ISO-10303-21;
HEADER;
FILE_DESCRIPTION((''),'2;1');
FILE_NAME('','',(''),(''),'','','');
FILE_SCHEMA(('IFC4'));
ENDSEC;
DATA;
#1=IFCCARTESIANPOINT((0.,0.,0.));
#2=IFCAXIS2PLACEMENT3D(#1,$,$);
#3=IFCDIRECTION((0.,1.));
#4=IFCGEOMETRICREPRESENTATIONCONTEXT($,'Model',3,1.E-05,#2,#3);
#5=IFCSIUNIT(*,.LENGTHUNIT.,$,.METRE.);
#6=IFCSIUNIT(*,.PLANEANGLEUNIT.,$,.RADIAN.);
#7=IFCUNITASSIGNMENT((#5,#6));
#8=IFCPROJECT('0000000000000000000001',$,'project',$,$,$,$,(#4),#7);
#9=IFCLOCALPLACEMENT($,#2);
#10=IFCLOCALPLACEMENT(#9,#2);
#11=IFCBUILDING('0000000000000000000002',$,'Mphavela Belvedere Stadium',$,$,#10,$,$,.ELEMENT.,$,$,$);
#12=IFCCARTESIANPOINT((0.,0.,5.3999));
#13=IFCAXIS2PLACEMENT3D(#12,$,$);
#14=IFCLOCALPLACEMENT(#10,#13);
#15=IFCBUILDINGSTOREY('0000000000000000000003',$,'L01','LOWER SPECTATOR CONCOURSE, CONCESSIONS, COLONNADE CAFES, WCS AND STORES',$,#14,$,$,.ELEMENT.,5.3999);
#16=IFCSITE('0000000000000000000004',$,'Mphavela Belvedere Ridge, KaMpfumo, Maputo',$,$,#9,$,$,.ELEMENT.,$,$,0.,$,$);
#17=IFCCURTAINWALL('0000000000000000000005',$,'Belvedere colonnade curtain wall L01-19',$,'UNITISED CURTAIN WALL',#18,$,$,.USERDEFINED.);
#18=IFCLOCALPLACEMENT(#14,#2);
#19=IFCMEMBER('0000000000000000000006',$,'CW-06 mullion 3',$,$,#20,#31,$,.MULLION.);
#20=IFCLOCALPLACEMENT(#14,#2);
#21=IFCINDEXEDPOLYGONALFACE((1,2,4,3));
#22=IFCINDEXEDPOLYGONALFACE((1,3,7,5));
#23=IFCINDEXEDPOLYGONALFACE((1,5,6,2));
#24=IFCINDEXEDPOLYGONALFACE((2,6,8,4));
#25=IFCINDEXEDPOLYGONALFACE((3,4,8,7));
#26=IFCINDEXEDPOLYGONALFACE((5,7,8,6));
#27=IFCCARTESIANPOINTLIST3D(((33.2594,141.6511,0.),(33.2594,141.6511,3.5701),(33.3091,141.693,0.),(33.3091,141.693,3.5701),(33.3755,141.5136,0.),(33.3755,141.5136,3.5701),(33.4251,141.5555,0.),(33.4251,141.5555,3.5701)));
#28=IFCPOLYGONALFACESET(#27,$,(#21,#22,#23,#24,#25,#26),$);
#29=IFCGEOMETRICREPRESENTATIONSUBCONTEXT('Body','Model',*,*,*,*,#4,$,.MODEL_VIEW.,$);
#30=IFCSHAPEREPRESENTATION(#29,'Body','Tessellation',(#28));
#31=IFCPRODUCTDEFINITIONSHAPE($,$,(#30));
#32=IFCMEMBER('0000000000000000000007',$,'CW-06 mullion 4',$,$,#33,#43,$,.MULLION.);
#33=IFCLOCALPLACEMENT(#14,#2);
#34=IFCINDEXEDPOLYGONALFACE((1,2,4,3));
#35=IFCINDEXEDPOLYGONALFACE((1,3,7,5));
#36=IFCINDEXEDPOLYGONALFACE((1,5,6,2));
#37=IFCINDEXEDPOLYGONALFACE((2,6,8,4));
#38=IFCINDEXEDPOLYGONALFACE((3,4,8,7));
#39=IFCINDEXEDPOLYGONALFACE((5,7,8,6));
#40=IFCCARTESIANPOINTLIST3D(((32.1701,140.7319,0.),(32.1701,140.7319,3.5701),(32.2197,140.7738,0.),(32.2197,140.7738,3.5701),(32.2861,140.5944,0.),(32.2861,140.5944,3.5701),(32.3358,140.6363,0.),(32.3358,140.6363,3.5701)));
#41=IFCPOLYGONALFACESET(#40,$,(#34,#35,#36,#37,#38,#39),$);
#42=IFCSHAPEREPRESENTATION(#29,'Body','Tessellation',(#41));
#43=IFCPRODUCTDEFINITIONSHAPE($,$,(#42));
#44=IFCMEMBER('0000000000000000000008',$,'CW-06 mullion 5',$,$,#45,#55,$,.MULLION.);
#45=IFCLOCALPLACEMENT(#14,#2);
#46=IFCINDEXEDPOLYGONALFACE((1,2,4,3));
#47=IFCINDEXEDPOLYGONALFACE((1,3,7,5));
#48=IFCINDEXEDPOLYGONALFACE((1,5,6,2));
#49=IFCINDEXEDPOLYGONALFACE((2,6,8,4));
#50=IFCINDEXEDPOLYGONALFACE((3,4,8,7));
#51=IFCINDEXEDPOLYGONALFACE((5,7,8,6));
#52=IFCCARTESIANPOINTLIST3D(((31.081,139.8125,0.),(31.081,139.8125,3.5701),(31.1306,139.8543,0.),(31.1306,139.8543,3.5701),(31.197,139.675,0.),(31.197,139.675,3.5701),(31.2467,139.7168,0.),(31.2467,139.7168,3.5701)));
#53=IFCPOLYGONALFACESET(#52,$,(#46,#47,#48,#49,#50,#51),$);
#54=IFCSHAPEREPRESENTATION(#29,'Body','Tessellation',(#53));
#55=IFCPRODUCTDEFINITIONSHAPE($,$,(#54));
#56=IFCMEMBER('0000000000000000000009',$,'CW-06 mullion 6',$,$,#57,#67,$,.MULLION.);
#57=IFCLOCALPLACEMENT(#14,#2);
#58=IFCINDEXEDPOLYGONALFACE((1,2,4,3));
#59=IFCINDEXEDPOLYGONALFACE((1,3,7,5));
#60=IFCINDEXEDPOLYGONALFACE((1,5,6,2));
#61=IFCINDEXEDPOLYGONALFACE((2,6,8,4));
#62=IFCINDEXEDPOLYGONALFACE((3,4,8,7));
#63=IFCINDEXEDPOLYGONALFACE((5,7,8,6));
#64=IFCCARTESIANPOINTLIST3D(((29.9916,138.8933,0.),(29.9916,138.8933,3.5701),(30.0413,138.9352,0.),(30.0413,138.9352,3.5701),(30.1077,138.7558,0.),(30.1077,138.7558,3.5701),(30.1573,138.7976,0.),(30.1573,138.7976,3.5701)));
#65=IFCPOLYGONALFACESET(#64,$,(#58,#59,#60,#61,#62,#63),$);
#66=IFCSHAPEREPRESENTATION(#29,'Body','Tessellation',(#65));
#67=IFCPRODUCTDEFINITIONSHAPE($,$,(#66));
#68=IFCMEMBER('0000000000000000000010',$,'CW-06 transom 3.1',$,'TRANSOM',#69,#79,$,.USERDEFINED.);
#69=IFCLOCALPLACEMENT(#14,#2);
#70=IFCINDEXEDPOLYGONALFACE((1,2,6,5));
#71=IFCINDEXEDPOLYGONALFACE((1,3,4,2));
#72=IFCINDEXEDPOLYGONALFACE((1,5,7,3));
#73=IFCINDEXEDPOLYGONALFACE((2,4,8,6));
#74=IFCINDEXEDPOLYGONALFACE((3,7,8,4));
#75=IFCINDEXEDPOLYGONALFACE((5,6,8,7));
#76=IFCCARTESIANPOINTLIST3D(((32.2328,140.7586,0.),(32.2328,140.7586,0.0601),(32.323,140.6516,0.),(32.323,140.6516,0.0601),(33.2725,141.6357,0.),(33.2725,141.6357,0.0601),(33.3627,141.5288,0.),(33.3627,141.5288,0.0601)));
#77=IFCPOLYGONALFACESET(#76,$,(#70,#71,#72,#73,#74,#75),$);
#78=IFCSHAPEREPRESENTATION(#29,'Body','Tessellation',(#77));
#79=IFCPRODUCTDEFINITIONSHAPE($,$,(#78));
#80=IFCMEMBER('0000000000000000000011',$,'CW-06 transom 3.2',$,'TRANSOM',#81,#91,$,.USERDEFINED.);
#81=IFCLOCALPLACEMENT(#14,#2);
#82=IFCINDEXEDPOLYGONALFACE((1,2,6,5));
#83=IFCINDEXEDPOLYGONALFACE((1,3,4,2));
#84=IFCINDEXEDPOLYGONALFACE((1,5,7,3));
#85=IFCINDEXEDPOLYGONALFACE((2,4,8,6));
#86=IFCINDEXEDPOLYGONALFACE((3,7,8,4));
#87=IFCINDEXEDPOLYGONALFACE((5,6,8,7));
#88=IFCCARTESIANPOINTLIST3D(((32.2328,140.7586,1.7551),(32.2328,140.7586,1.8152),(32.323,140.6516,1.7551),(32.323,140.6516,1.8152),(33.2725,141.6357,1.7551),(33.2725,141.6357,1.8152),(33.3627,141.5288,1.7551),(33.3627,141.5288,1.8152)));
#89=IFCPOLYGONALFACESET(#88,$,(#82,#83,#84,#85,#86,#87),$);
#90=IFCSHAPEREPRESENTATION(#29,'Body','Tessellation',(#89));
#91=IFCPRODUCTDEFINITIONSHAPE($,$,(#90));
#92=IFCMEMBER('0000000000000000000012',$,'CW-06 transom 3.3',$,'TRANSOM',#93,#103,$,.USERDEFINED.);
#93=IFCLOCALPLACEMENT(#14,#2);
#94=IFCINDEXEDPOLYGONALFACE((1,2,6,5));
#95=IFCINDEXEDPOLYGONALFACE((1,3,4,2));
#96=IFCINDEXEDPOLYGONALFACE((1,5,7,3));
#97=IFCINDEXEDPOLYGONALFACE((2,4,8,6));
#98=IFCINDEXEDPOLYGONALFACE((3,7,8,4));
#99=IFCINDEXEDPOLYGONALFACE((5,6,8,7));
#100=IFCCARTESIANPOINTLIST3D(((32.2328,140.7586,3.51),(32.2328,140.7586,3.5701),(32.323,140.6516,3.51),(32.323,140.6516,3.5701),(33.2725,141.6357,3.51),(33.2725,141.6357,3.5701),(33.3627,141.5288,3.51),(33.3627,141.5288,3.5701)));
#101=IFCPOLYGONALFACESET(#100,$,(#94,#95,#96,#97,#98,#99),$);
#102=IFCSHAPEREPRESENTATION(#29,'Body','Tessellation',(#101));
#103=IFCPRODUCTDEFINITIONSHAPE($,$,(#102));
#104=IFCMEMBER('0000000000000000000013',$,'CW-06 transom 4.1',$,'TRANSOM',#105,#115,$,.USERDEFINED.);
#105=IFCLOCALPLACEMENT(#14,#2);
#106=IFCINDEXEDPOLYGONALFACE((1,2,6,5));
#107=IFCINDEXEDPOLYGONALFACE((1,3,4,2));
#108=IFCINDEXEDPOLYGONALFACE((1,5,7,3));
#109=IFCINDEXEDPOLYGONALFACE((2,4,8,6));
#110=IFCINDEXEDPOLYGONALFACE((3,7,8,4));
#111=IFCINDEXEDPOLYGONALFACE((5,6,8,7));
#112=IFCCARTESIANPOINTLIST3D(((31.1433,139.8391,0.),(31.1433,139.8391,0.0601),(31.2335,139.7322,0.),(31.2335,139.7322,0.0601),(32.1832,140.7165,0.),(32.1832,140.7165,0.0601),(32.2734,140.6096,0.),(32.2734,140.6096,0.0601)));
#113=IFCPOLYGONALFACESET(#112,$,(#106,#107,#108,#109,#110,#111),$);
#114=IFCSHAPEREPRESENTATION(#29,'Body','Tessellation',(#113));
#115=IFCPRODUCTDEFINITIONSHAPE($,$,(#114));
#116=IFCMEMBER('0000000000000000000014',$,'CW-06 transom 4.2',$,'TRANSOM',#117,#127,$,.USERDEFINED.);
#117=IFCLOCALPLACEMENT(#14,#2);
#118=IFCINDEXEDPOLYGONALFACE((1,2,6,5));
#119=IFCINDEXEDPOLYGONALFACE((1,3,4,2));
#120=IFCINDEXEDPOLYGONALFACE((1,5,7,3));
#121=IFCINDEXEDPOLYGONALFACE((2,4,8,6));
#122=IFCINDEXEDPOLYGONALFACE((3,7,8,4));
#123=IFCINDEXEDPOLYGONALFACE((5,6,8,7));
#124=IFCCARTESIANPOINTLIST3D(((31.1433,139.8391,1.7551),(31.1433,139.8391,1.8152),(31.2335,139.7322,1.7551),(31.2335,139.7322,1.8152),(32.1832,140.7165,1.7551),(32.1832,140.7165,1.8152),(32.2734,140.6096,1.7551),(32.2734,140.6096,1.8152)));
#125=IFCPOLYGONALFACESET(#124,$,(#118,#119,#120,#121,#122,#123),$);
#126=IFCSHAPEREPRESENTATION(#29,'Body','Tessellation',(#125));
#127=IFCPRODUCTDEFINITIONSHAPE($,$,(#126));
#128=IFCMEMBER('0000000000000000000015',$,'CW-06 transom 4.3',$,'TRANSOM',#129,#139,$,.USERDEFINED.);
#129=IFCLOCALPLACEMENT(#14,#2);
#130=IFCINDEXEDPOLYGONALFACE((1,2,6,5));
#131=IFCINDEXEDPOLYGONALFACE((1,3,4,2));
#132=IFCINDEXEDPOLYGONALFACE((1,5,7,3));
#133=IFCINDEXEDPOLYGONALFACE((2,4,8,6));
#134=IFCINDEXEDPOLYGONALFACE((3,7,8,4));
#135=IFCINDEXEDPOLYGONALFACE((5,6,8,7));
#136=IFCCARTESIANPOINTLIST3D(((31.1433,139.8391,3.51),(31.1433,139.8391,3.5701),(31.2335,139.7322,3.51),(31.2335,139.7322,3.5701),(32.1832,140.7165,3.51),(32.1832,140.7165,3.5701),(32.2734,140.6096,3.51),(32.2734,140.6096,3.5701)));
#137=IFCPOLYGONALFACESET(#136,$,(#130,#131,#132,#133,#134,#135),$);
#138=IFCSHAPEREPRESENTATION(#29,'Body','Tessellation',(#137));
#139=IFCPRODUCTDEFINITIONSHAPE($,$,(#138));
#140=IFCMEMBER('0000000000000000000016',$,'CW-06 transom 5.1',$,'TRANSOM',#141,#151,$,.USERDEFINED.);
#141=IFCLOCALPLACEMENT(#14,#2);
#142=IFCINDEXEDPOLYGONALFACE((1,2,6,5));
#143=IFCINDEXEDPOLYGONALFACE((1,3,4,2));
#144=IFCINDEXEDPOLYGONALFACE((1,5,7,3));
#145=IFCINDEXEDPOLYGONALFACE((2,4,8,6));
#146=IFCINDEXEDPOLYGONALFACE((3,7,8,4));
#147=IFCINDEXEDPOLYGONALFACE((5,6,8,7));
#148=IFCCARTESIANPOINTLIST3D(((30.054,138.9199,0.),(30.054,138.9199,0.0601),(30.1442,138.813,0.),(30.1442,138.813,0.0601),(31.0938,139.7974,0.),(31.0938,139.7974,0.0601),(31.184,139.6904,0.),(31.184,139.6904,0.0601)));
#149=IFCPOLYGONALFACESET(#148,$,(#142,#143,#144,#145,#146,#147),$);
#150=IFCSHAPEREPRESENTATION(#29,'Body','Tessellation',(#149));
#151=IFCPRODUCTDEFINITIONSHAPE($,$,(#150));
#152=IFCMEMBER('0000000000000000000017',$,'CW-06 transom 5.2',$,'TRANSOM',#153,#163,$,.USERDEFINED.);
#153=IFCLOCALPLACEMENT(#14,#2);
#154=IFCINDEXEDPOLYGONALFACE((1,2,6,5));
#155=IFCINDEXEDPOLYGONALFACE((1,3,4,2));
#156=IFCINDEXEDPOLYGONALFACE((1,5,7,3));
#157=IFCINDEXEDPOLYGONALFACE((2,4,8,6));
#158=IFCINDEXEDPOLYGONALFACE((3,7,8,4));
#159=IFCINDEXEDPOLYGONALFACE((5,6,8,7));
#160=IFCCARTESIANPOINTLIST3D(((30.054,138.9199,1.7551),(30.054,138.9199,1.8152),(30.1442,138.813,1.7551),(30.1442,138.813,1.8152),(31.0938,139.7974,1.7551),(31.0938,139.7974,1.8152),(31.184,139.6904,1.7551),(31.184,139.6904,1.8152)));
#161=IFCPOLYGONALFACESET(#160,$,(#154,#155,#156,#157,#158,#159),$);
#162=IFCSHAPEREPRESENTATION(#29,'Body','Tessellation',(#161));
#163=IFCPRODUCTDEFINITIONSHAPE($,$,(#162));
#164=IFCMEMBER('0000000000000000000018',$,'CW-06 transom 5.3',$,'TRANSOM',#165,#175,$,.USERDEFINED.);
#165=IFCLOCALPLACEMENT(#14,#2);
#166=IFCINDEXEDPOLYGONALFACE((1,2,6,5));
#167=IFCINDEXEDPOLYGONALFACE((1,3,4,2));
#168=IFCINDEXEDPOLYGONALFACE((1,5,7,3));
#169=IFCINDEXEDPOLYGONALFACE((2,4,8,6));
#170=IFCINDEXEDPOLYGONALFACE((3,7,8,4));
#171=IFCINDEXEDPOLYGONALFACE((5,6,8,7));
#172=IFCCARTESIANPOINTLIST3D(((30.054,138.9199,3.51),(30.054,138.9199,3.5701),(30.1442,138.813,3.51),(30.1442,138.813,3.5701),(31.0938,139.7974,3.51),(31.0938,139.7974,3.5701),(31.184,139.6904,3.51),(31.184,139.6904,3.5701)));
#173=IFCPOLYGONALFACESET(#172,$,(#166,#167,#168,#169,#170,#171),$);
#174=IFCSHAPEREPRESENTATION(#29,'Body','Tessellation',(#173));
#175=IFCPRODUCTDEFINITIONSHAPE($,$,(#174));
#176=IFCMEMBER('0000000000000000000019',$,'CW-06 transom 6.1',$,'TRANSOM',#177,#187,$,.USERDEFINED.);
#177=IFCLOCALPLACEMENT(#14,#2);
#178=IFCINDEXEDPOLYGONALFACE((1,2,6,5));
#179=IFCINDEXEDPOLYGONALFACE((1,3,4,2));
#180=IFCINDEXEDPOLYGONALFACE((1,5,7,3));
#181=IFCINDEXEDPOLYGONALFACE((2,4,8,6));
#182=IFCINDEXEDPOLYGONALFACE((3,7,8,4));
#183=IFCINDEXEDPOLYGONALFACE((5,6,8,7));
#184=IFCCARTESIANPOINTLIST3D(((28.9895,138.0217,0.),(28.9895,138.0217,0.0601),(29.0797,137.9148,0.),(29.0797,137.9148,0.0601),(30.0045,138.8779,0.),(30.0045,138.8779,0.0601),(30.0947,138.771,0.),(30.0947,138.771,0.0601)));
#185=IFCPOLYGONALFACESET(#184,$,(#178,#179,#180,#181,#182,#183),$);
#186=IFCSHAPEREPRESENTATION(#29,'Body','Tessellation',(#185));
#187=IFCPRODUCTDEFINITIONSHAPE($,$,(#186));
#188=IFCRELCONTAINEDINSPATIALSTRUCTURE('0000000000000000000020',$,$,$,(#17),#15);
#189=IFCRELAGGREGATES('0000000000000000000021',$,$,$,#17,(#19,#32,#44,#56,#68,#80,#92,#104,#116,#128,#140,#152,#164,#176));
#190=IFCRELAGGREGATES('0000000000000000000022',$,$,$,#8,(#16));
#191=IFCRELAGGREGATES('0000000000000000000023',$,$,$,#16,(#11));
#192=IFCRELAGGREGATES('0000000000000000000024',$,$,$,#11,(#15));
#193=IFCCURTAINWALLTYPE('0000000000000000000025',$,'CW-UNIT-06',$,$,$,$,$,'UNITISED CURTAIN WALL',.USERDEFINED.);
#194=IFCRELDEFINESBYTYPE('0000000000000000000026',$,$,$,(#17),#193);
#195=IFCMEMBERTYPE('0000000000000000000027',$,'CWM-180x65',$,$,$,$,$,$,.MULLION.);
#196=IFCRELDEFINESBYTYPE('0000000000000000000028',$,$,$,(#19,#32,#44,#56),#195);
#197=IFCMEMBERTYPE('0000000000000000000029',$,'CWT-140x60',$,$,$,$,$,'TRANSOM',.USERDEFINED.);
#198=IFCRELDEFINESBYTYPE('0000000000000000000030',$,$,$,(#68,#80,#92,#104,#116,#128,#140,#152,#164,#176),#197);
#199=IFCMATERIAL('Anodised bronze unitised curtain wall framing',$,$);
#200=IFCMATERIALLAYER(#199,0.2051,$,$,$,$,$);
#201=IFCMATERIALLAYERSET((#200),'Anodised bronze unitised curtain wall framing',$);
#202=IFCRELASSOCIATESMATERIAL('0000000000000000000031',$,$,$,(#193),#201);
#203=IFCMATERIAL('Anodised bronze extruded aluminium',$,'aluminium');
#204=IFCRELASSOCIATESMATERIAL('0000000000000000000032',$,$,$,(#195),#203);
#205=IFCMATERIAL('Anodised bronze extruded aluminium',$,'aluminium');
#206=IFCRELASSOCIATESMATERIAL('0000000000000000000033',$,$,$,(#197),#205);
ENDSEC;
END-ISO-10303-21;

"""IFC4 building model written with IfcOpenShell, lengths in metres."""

from ifc_helpers import new_model, si_unit, direction, frame, origin, origin_2d, place, context, subcontext, project, spatial, rectangle, extrude, material, layer, layer_set, material_profile, profile_set, type_object, element, aggregate, save


model = new_model("IFC4")

# Units and contexts
model_context = context("Model", 3, precision=1e-05, world=origin(), true_north=direction((0.0, 1.0)))
body_context = subcontext(model_context, "Body", "Model", "MODEL_VIEW")
ifc_project = project(units=[si_unit("LENGTHUNIT", "METRE"), si_unit("PLANEANGLEUNIT", "RADIAN")], contexts=[model_context])

# Site, building, storey
site_placement = place(None, origin())
site = spatial("IfcSite", under=ifc_project, at=site_placement, Name="Mphavela Belvedere Ridge, KaMpfumo, Maputo", CompositionType="ELEMENT", RefElevation=0.0)
building_placement = place(site_placement, origin())
building = spatial("IfcBuilding", under=site, at=building_placement, Name="Mphavela Belvedere Stadium", CompositionType="ELEMENT")
storey_placement = place(building_placement, frame((0.0, 0.0, 5.3999)))
storey = spatial("IfcBuildingStorey", under=building, at=storey_placement, Name="L01", Description="LOWER SPECTATOR CONCOURSE, CONCESSIONS, COLONNADE CAFES, WCS AND STORES", CompositionType="ELEMENT", Elevation=5.3999)

# Curtain wall, members
ifc_material_1 = material(Name="Anodised bronze unitised curtain wall framing")
ifc_layer_1 = layer(ifc_material_1, 0.2051)
ifc_layer_set_1 = layer_set([ifc_layer_1], Name="Anodised bronze unitised curtain wall framing")
curtain_wall_type = type_object("IfcCurtainWallType", Name="CW-UNIT-06", ElementType="UNITISED CURTAIN WALL", PredefinedType="USERDEFINED", material=ifc_layer_set_1)
curtain_wall_placement = place(storey_placement, origin())
curtain_wall = element("IfcCurtainWall", 1, at=curtain_wall_placement, inside=storey, type_object=curtain_wall_type, Name="Belvedere colonnade curtain wall L01-19", ObjectType="UNITISED CURTAIN WALL", PredefinedType="USERDEFINED")
ifc_material_2 = material(Name="Anodised bronze extruded aluminium", Category="aluminium")
ifc_material_profile_1 = material_profile(ifc_material_2, rectangle(XDim=0.1799, YDim=0.0649, at=origin_2d()), Name="CW-MUL 180x65")
ifc_profile_set_1 = profile_set([ifc_material_profile_1], Name="Anodised bronze extruded aluminium")
member_type_1 = type_object("IfcMemberType", Name="CWM-180x65", PredefinedType="MULLION", material=ifc_profile_set_1)
member_1_placement = place(storey_placement, frame((33.3423, 141.6033, 0.0), z_axis=(0.0, 0.0, 1.0), x_axis=(0.64491, -0.764259, 0.0)))
member_1 = element("IfcMember", 2, at=member_1_placement, type_object=member_type_1, Name="CW-06 mullion 3", PredefinedType="MULLION", context=body_context, shape_type="SweptSolid", body=[
    extrude(rectangle(XDim=0.1799, YDim=0.0649, at=origin_2d()), origin(), (0.0, 0.0, 1.0), 3.5701),
])
member_2_placement = place(storey_placement, frame((32.2529, 140.6841, 0.0), z_axis=(0.0, 0.0, 1.0), x_axis=(0.64491, -0.764259, 0.0)))
member_2 = element("IfcMember", 3, at=member_2_placement, type_object=member_type_1, Name="CW-06 mullion 4", PredefinedType="MULLION", context=body_context, shape_type="SweptSolid", body=[
    extrude(rectangle(XDim=0.1799, YDim=0.0649, at=origin_2d()), origin(), (0.0, 0.0, 1.0), 3.5701),
])
member_3_placement = place(storey_placement, frame((31.1638, 139.7646, 0.0), z_axis=(0.0, 0.0, 1.0), x_axis=(0.64491, -0.764259, 0.0)))
member_3 = element("IfcMember", 4, at=member_3_placement, type_object=member_type_1, Name="CW-06 mullion 5", PredefinedType="MULLION", context=body_context, shape_type="SweptSolid", body=[
    extrude(rectangle(XDim=0.1799, YDim=0.0649, at=origin_2d()), origin(), (0.0, 0.0, 1.0), 3.5701),
])
member_4_placement = place(storey_placement, frame((30.0745, 138.8455, 0.0), z_axis=(0.0, 0.0, 1.0), x_axis=(0.64491, -0.764259, 0.0)))
member_4 = element("IfcMember", 5, at=member_4_placement, type_object=member_type_1, Name="CW-06 mullion 6", PredefinedType="MULLION", context=body_context, shape_type="SweptSolid", body=[
    extrude(rectangle(XDim=0.1799, YDim=0.0649, at=origin_2d()), origin(), (0.0, 0.0, 1.0), 3.5701),
])
ifc_material_3 = material(Name="Anodised bronze extruded aluminium", Category="aluminium")
ifc_material_profile_2 = material_profile(ifc_material_3, rectangle(XDim=0.1399, YDim=0.0601, at=origin_2d()), Name="CW-TRN 140x60")
ifc_profile_set_2 = profile_set([ifc_material_profile_2], Name="Anodised bronze extruded aluminium")
member_type_2 = type_object("IfcMemberType", Name="CWT-140x60", ElementType="TRANSOM", PredefinedType="USERDEFINED", material=ifc_profile_set_2)
member_5_placement = place(storey_placement, frame((33.3176, 141.5823, 0.03), z_axis=(-0.764338, -0.644815, 0.0), x_axis=(0.644815, -0.764338, 0.0)))
member_5 = element("IfcMember", 6, at=member_5_placement, type_object=member_type_2, Name="CW-06 transom 3.1", ObjectType="TRANSOM", PredefinedType="USERDEFINED", context=body_context, shape_type="SweptSolid", body=[
    extrude(rectangle(XDim=0.1399, YDim=0.0601, at=origin_2d()), origin(), (0.0, 0.0, 1.0), 1.3604),
])
member_6_placement = place(storey_placement, frame((33.3176, 141.5823, 1.7852), z_axis=(-0.764338, -0.644815, 0.0), x_axis=(0.644815, -0.764338, 0.0)))
member_6 = element("IfcMember", 7, at=member_6_placement, type_object=member_type_2, Name="CW-06 transom 3.2", ObjectType="TRANSOM", PredefinedType="USERDEFINED", context=body_context, shape_type="SweptSolid", body=[
    extrude(rectangle(XDim=0.1399, YDim=0.0601, at=origin_2d()), origin(), (0.0, 0.0, 1.0), 1.3604),
])
member_7_placement = place(storey_placement, frame((33.3176, 141.5823, 3.54), z_axis=(-0.764338, -0.644815, 0.0), x_axis=(0.644815, -0.764338, 0.0)))
member_7 = element("IfcMember", 8, at=member_7_placement, type_object=member_type_2, Name="CW-06 transom 3.3", ObjectType="TRANSOM", PredefinedType="USERDEFINED", context=body_context, shape_type="SweptSolid", body=[
    extrude(rectangle(XDim=0.1399, YDim=0.0601, at=origin_2d()), origin(), (0.0, 0.0, 1.0), 1.3604),
])
member_8_placement = place(storey_placement, frame((32.2283, 140.6631, 0.03), z_axis=(-0.76425, -0.64492, 0.0), x_axis=(0.64492, -0.76425, 0.0)))
member_8 = element("IfcMember", 9, at=member_8_placement, type_object=member_type_2, Name="CW-06 transom 4.1", ObjectType="TRANSOM", PredefinedType="USERDEFINED", context=body_context, shape_type="SweptSolid", body=[
    extrude(rectangle(XDim=0.1399, YDim=0.0601, at=origin_2d()), origin(), (0.0, 0.0, 1.0), 1.3606),
])
member_9_placement = place(storey_placement, frame((32.2283, 140.6631, 1.7852), z_axis=(-0.76425, -0.64492, 0.0), x_axis=(0.64492, -0.76425, 0.0)))
member_9 = element("IfcMember", 10, at=member_9_placement, type_object=member_type_2, Name="CW-06 transom 4.2", ObjectType="TRANSOM", PredefinedType="USERDEFINED", context=body_context, shape_type="SweptSolid", body=[
    extrude(rectangle(XDim=0.1399, YDim=0.0601, at=origin_2d()), origin(), (0.0, 0.0, 1.0), 1.3606),
])
member_10_placement = place(storey_placement, frame((32.2283, 140.6631, 3.54), z_axis=(-0.76425, -0.64492, 0.0), x_axis=(0.64492, -0.76425, 0.0)))
member_10 = element("IfcMember", 11, at=member_10_placement, type_object=member_type_2, Name="CW-06 transom 4.3", ObjectType="TRANSOM", PredefinedType="USERDEFINED", context=body_context, shape_type="SweptSolid", body=[
    extrude(rectangle(XDim=0.1399, YDim=0.0601, at=origin_2d()), origin(), (0.0, 0.0, 1.0), 1.3606),
])
member_11_placement = place(storey_placement, frame((31.1389, 139.7439, 0.03), z_axis=(-0.76425, -0.64492, 0.0), x_axis=(0.64492, -0.76425, 0.0)))
member_11 = element("IfcMember", 12, at=member_11_placement, type_object=member_type_2, Name="CW-06 transom 5.1", ObjectType="TRANSOM", PredefinedType="USERDEFINED", context=body_context, shape_type="SweptSolid", body=[
    extrude(rectangle(XDim=0.1399, YDim=0.0601, at=origin_2d()), origin(), (0.0, 0.0, 1.0), 1.3606),
])
member_12_placement = place(storey_placement, frame((31.1389, 139.7439, 1.7852), z_axis=(-0.76425, -0.64492, 0.0), x_axis=(0.64492, -0.76425, 0.0)))
member_12 = element("IfcMember", 13, at=member_12_placement, type_object=member_type_2, Name="CW-06 transom 5.2", ObjectType="TRANSOM", PredefinedType="USERDEFINED", context=body_context, shape_type="SweptSolid", body=[
    extrude(rectangle(XDim=0.1399, YDim=0.0601, at=origin_2d()), origin(), (0.0, 0.0, 1.0), 1.3606),
])
member_13_placement = place(storey_placement, frame((31.1389, 139.7439, 3.54), z_axis=(-0.76425, -0.64492, 0.0), x_axis=(0.64492, -0.76425, 0.0)))
member_13 = element("IfcMember", 14, at=member_13_placement, type_object=member_type_2, Name="CW-06 transom 5.3", ObjectType="TRANSOM", PredefinedType="USERDEFINED", context=body_context, shape_type="SweptSolid", body=[
    extrude(rectangle(XDim=0.1399, YDim=0.0601, at=origin_2d()), origin(), (0.0, 0.0, 1.0), 1.3606),
])
member_14_placement = place(storey_placement, frame((30.0496, 138.8245, 0.03), z_axis=(-0.764334, -0.644821, 0.0), x_axis=(0.644821, -0.764334, 0.0)))
member_14 = element("IfcMember", 15, at=member_14_placement, type_object=member_type_2, Name="CW-06 transom 6.1", ObjectType="TRANSOM", PredefinedType="USERDEFINED", context=body_context, shape_type="SweptSolid", body=[
    extrude(rectangle(XDim=0.1399, YDim=0.0601, at=origin_2d()), origin(), (0.0, 0.0, 1.0), 1.3279),
])
aggregate(curtain_wall, [member_1, member_2, member_3, member_4, member_5, member_6, member_7, member_8, member_9, member_10, member_11, member_12, member_13, member_14])

save(model, "model.ifc")
